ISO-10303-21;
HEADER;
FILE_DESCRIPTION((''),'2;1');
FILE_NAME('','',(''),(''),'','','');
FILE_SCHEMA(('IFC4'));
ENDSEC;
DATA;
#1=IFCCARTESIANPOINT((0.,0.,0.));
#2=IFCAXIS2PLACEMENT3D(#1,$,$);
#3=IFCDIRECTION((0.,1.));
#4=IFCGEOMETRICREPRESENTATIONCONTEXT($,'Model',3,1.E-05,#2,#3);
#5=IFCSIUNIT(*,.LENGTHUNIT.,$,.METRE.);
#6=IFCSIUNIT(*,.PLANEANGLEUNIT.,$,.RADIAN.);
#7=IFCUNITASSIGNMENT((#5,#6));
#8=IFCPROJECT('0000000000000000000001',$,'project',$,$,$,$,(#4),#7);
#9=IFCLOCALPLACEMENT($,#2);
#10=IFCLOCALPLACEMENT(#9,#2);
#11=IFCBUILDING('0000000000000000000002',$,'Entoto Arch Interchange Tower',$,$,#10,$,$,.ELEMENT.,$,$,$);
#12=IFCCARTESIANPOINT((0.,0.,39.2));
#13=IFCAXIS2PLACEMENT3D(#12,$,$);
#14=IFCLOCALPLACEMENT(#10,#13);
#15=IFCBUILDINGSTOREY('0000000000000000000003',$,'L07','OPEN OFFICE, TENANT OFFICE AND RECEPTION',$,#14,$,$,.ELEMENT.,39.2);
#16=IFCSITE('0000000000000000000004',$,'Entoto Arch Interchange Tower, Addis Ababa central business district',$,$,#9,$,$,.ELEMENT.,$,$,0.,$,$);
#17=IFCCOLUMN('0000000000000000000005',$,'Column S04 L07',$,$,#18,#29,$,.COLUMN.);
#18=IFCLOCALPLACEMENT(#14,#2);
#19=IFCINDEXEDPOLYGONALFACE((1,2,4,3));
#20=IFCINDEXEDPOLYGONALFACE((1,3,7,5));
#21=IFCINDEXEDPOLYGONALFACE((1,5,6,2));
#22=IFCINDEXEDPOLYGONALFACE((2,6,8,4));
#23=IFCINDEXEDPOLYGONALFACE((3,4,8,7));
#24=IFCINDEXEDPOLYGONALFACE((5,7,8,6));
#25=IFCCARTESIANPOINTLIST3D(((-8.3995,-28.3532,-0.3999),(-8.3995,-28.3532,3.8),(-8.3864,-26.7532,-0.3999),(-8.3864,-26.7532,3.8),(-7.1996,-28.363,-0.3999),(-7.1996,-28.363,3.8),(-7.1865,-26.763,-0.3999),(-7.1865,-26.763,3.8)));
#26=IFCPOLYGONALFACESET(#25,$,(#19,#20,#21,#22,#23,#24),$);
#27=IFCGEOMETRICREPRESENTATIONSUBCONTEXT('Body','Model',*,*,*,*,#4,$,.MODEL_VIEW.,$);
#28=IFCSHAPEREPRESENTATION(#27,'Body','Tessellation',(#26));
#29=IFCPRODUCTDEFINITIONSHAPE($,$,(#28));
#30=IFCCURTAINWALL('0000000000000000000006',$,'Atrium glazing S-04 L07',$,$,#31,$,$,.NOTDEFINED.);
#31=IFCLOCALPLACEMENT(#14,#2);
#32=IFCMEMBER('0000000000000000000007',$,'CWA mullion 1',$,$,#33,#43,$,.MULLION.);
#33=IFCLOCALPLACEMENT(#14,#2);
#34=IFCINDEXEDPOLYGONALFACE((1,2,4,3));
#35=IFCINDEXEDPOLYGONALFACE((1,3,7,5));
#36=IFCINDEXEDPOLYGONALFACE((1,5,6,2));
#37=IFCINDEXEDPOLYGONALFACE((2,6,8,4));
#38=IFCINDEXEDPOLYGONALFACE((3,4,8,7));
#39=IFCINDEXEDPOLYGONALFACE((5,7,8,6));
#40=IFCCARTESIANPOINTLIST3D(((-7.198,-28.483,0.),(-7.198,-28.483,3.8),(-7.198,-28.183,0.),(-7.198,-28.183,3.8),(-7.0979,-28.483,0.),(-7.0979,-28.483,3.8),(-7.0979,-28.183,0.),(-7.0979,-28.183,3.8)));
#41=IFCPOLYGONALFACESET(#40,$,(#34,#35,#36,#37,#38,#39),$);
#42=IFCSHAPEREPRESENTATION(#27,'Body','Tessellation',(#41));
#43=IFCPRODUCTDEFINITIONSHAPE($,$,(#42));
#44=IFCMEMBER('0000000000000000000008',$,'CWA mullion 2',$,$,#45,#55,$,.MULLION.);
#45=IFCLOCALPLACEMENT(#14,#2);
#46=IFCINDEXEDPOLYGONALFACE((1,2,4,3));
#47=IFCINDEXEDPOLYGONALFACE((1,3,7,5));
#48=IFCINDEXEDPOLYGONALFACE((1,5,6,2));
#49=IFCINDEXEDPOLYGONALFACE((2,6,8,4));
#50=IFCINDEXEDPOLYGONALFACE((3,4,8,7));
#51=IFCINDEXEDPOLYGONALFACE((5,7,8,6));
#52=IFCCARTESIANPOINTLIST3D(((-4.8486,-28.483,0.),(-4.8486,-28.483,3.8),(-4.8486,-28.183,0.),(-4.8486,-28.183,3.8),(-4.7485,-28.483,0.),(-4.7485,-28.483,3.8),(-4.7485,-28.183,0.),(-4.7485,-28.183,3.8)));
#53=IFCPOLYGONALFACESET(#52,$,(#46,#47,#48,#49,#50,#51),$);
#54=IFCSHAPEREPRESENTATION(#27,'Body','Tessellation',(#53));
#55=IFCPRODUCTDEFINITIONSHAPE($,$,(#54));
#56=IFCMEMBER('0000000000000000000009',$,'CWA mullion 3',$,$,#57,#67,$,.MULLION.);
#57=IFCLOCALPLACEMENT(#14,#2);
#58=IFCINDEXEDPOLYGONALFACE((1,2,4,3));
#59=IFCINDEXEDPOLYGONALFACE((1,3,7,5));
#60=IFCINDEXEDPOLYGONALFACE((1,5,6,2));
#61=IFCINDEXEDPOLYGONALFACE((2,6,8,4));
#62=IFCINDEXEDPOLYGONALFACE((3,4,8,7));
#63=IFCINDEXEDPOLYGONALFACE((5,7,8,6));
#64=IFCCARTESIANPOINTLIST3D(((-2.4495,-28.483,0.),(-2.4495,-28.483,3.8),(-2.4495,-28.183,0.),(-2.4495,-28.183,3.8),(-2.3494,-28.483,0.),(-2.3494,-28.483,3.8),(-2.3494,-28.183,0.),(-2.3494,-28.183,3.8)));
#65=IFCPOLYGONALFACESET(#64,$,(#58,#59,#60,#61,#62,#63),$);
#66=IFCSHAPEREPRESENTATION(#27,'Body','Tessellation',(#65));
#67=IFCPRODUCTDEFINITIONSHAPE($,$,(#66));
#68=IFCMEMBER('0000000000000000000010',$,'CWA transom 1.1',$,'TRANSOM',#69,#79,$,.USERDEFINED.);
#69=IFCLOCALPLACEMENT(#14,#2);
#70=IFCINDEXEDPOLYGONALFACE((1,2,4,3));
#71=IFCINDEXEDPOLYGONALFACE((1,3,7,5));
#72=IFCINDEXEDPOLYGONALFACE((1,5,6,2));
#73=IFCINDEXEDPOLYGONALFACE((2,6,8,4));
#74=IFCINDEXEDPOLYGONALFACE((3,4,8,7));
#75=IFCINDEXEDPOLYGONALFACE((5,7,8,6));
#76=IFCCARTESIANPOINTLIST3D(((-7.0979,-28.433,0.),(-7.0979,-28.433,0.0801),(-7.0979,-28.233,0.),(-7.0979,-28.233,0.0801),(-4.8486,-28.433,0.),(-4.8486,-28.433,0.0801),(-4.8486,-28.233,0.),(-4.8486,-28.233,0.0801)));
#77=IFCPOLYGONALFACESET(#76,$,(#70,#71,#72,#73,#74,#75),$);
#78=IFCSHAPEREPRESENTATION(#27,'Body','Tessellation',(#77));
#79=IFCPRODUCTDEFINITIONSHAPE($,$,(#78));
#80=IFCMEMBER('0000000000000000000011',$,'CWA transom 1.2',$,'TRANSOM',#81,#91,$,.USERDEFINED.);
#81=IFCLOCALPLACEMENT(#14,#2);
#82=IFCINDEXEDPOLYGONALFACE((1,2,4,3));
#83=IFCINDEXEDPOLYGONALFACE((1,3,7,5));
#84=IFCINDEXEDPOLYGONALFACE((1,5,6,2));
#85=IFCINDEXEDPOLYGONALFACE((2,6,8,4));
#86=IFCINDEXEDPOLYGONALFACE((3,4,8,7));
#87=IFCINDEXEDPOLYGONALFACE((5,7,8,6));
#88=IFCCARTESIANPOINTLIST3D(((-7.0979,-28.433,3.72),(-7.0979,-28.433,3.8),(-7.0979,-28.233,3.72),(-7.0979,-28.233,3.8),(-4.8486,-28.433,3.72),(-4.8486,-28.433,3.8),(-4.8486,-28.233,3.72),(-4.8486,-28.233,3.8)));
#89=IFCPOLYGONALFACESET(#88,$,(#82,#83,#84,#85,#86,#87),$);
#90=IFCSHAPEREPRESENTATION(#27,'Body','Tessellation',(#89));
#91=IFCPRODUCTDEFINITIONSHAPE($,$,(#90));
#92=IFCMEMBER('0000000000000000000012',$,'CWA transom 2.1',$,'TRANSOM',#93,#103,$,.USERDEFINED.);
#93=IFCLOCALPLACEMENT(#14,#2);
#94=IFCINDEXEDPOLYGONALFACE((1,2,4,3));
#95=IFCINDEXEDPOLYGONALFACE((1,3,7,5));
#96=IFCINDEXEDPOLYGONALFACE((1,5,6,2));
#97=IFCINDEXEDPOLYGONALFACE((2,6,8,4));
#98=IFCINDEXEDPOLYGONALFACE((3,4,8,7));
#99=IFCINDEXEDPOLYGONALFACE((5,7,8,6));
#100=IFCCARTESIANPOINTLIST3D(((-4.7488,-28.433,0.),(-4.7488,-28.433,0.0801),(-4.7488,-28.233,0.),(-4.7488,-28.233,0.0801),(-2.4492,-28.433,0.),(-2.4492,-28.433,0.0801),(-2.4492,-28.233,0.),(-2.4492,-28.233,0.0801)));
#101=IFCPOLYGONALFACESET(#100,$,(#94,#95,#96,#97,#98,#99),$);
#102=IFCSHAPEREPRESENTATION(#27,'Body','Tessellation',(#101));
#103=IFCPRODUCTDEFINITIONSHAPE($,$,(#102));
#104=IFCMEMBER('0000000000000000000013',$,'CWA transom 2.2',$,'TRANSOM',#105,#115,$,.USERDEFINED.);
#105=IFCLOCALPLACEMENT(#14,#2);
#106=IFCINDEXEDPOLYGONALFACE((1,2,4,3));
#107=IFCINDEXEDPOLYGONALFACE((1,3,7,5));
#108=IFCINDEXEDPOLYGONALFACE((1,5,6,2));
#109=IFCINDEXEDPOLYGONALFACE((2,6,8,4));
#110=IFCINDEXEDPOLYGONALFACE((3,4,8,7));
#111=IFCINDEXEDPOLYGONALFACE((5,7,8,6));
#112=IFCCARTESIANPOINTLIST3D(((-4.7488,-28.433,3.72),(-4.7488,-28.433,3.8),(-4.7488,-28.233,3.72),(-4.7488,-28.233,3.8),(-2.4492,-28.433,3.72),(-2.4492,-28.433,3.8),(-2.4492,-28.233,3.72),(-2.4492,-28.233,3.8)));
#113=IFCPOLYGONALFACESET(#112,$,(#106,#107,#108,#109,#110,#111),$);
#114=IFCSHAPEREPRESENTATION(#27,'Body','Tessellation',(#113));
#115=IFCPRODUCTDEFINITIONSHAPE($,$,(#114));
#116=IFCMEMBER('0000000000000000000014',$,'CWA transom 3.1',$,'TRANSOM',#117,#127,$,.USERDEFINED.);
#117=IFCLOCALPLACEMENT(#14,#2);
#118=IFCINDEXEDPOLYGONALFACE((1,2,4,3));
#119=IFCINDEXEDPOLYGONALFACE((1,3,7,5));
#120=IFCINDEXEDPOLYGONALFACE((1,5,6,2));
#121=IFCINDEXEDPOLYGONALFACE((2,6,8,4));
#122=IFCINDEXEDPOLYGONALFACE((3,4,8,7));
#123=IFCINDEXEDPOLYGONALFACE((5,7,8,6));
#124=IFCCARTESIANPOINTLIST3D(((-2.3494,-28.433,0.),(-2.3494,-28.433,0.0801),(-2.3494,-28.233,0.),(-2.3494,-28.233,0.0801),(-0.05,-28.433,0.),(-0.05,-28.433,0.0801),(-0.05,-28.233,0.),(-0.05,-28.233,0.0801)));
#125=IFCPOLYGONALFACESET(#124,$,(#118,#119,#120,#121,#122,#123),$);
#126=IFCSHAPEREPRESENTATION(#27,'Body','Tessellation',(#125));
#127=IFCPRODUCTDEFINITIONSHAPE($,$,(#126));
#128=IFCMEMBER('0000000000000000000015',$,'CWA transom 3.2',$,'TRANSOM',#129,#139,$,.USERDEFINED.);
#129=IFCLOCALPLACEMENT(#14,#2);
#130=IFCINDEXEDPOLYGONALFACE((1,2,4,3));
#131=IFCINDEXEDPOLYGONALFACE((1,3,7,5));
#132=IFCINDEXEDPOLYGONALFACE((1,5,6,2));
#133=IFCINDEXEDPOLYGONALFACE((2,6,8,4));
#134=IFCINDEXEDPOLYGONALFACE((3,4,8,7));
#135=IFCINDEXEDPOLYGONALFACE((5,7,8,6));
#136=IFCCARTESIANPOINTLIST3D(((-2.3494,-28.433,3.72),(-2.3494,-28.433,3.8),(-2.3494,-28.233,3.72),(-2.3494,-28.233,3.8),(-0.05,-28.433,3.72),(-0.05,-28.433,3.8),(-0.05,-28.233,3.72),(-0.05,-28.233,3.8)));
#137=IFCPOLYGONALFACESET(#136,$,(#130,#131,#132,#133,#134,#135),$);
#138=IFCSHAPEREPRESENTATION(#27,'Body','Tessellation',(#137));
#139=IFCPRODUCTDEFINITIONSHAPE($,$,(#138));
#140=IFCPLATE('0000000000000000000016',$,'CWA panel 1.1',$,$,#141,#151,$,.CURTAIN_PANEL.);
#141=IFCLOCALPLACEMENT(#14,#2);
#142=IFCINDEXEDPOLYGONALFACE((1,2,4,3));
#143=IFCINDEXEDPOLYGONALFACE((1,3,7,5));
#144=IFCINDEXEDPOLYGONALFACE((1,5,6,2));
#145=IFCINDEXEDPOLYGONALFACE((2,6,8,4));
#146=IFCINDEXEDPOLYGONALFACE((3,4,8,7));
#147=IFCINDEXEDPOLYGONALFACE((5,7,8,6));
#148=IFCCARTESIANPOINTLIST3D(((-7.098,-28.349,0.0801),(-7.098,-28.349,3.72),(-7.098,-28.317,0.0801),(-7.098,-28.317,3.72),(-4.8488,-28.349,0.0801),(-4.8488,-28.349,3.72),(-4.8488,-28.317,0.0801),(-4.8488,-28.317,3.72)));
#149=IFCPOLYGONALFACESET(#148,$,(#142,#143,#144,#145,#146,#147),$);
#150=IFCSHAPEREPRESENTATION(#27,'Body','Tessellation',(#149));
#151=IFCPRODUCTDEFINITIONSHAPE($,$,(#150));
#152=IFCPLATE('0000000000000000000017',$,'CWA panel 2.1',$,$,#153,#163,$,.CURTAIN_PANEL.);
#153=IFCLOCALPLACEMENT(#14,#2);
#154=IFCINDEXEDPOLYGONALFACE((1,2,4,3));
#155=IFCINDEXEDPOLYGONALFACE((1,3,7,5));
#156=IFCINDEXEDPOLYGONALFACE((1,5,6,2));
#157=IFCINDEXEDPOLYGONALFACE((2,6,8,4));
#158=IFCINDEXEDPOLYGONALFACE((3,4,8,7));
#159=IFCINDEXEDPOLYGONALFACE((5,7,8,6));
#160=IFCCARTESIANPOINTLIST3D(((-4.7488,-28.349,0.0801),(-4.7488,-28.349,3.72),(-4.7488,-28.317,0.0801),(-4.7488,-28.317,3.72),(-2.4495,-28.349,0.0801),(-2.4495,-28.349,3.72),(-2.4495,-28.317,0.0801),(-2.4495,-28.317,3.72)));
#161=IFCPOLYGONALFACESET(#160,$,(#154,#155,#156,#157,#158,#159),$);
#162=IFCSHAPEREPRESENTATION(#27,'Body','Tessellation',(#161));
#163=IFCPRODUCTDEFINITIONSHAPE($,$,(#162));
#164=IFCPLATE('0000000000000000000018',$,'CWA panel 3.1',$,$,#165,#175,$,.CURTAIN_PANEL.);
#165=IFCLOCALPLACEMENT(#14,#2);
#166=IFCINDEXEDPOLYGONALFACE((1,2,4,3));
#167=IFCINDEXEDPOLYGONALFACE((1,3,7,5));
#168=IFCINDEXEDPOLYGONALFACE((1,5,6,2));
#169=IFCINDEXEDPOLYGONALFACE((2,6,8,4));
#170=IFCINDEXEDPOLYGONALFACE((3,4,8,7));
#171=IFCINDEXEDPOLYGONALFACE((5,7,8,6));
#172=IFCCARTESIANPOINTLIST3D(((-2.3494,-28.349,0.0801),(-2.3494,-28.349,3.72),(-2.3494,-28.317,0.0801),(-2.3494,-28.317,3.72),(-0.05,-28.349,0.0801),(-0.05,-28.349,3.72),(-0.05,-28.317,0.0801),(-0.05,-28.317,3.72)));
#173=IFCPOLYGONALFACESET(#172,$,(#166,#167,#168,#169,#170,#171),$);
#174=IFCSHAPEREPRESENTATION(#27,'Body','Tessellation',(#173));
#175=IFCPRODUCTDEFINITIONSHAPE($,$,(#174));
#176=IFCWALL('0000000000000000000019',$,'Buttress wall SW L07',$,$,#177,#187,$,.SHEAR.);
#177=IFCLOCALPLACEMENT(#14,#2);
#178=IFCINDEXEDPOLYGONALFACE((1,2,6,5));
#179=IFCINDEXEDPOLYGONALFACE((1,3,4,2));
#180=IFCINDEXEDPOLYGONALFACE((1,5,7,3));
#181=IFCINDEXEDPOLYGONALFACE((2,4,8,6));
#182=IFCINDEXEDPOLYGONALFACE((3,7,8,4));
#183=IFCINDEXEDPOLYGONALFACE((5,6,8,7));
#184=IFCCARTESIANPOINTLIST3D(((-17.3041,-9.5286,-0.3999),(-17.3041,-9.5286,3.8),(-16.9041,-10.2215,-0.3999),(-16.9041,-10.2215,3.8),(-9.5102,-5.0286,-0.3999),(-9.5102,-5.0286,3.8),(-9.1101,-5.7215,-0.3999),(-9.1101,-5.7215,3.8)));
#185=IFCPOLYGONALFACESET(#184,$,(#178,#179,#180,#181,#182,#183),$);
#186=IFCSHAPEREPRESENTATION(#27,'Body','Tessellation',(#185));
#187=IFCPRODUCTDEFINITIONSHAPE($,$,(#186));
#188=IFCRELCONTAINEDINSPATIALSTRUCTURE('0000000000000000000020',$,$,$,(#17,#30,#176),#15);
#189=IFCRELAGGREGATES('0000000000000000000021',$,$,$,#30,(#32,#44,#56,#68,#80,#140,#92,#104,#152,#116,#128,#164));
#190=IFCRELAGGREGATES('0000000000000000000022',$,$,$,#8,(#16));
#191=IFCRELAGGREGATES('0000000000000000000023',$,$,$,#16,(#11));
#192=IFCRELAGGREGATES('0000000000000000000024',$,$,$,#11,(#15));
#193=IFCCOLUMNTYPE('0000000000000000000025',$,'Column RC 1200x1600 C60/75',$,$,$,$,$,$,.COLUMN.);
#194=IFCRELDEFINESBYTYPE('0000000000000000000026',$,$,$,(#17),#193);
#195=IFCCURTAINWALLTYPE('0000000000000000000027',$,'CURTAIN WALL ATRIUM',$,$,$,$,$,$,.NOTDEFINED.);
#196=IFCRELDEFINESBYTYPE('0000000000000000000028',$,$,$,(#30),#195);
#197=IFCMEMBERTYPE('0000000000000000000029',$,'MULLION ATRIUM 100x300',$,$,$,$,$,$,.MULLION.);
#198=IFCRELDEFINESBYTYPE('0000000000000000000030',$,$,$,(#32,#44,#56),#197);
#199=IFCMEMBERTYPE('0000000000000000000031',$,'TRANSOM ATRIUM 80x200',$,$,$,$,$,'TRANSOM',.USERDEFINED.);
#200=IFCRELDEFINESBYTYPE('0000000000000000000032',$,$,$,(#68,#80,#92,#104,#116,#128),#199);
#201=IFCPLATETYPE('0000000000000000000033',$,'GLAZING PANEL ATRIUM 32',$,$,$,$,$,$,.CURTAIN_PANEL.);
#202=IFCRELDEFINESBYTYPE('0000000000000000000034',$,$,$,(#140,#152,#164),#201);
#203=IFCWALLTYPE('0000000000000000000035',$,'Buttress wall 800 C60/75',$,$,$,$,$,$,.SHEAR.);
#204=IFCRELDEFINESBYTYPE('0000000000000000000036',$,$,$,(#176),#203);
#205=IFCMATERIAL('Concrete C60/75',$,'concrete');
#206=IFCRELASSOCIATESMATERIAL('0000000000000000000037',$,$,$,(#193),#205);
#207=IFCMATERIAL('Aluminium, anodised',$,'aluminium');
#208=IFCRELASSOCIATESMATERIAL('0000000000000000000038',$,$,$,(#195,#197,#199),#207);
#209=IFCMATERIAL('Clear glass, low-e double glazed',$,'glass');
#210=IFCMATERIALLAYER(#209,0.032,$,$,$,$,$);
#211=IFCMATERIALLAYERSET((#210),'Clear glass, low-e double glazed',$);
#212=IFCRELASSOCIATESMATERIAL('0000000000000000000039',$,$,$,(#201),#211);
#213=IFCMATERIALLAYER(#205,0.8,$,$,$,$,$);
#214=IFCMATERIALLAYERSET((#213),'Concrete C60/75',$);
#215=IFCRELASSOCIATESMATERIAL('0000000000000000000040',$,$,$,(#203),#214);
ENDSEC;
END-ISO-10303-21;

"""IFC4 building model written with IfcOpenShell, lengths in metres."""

from ifc_helpers import new_model, si_unit, direction, frame, frame_2d, origin, origin_2d, place, context, subcontext, project, spatial, rectangle, extrude, material, layer, layer_set, material_profile, profile_set, type_object, element, aggregate, save


model = new_model("IFC4")

# Units and contexts
model_context = context("Model", 3, precision=1e-05, world=origin(), true_north=direction((0.0, 1.0)))
body_context = subcontext(model_context, "Body", "Model", "MODEL_VIEW")
ifc_project = project(units=[si_unit("LENGTHUNIT", "METRE"), si_unit("PLANEANGLEUNIT", "RADIAN")], contexts=[model_context])

# Site, building, storey
site_placement = place(None, origin())
site = spatial("IfcSite", under=ifc_project, at=site_placement, Name="Entoto Arch Interchange Tower, Addis Ababa central business district", CompositionType="ELEMENT", RefElevation=0.0)
building_placement = place(site_placement, origin())
building = spatial("IfcBuilding", under=site, at=building_placement, Name="Entoto Arch Interchange Tower", CompositionType="ELEMENT")
storey_placement = place(building_placement, frame((0.0, 0.0, 39.2)))
storey = spatial("IfcBuildingStorey", under=building, at=storey_placement, Name="L07", Description="OPEN OFFICE, TENANT OFFICE AND RECEPTION", CompositionType="ELEMENT", Elevation=39.2)

# Column
ifc_material_1 = material(Name="Concrete C60/75", Category="concrete")
ifc_material_profile_1 = material_profile(ifc_material_1, rectangle(XDim=1.2, YDim=1.6001, at=origin_2d()))
ifc_profile_set_1 = profile_set([ifc_material_profile_1], Name="Concrete C60/75")
column_type = type_object("IfcColumnType", Name="Column RC 1200x1600 C60/75", PredefinedType="COLUMN", material=ifc_profile_set_1)
column_placement = place(storey_placement, frame((-7.793, -27.5581, -0.3999), z_axis=(0.0, 0.0, 1.0), x_axis=(-0.999966, 0.008203, 0.0)))
element("IfcColumn", 1, at=column_placement, inside=storey, type_object=column_type, Name="Column S04 L07", PredefinedType="COLUMN", context=body_context, shape_type="SweptSolid", body=[
    extrude(rectangle(XDim=1.2, YDim=1.6001, at=origin_2d()), origin(), (0.0, 0.0, 1.0), 4.2),
])

# Curtain wall, members, plates
ifc_material_2 = material(Name="Aluminium, anodised", Category="aluminium")
curtain_wall_type = type_object("IfcCurtainWallType", Name="CURTAIN WALL ATRIUM", PredefinedType="NOTDEFINED", material=ifc_material_2)
curtain_wall_placement = place(storey_placement, origin())
curtain_wall = element("IfcCurtainWall", 2, at=curtain_wall_placement, inside=storey, type_object=curtain_wall_type, Name="Atrium glazing S-04 L07", PredefinedType="NOTDEFINED")
ifc_material_profile_2 = material_profile(ifc_material_2, rectangle(XDim=0.3, YDim=0.1001, at=origin_2d()))
ifc_profile_set_2 = profile_set([ifc_material_profile_2], Name="Aluminium, anodised")
member_type_1 = type_object("IfcMemberType", Name="MULLION ATRIUM 100x300", PredefinedType="MULLION", material=ifc_profile_set_2)
member_1_placement = place(storey_placement, frame((-7.1479, -28.333, 0.0), z_axis=(0.0, 0.0, 1.0), x_axis=(0.0, 1.0, 0.0)))
member_1 = element("IfcMember", 3, at=member_1_placement, type_object=member_type_1, Name="CWA mullion 1", PredefinedType="MULLION", context=body_context, shape_type="SweptSolid", body=[
    extrude(rectangle(XDim=0.3, YDim=0.1001, at=origin_2d()), origin(), (0.0, 0.0, 1.0), 3.8),
])
member_2_placement = place(storey_placement, frame((-4.7986, -28.333, 0.0), z_axis=(0.0, 0.0, 1.0), x_axis=(0.0, 1.0, 0.0)))
member_2 = element("IfcMember", 4, at=member_2_placement, type_object=member_type_1, Name="CWA mullion 2", PredefinedType="MULLION", context=body_context, shape_type="SweptSolid", body=[
    extrude(rectangle(XDim=0.3, YDim=0.1001, at=origin_2d()), origin(), (0.0, 0.0, 1.0), 3.8),
])
member_3_placement = place(storey_placement, frame((-2.3994, -28.333, 0.0), z_axis=(0.0, 0.0, 1.0), x_axis=(0.0, 1.0, 0.0)))
member_3 = element("IfcMember", 5, at=member_3_placement, type_object=member_type_1, Name="CWA mullion 3", PredefinedType="MULLION", context=body_context, shape_type="SweptSolid", body=[
    extrude(rectangle(XDim=0.3, YDim=0.1001, at=origin_2d()), origin(), (0.0, 0.0, 1.0), 3.8),
])
ifc_material_profile_3 = material_profile(ifc_material_2, rectangle(XDim=0.2, YDim=0.0801, at=origin_2d()))
ifc_profile_set_3 = profile_set([ifc_material_profile_3], Name="Aluminium, anodised")
member_type_2 = type_object("IfcMemberType", Name="TRANSOM ATRIUM 80x200", ElementType="TRANSOM", PredefinedType="USERDEFINED", material=ifc_profile_set_3)
member_4_placement = place(storey_placement, frame((-7.0979, -28.333, 0.04), z_axis=(1.0, 0.0, 0.0), x_axis=(0.0, 1.0, 0.0)))
member_4 = element("IfcMember", 6, at=member_4_placement, type_object=member_type_2, Name="CWA transom 1.1", ObjectType="TRANSOM", PredefinedType="USERDEFINED", context=body_context, shape_type="SweptSolid", body=[
    extrude(rectangle(XDim=0.2, YDim=0.0801, at=origin_2d()), origin(), (0.0, 0.0, 1.0), 2.2493),
])
member_5_placement = place(storey_placement, frame((-7.0979, -28.333, 3.76), z_axis=(1.0, 0.0, 0.0), x_axis=(0.0, 1.0, 0.0)))
member_5 = element("IfcMember", 7, at=member_5_placement, type_object=member_type_2, Name="CWA transom 1.2", ObjectType="TRANSOM", PredefinedType="USERDEFINED", context=body_context, shape_type="SweptSolid", body=[
    extrude(rectangle(XDim=0.2, YDim=0.0801, at=origin_2d()), origin(), (0.0, 0.0, 1.0), 2.2493),
])
member_6_placement = place(storey_placement, frame((-4.7488, -28.333, 0.04), z_axis=(1.0, 0.0, 0.0), x_axis=(0.0, 1.0, 0.0)))
member_6 = element("IfcMember", 8, at=member_6_placement, type_object=member_type_2, Name="CWA transom 2.1", ObjectType="TRANSOM", PredefinedType="USERDEFINED", context=body_context, shape_type="SweptSolid", body=[
    extrude(rectangle(XDim=0.2, YDim=0.0801, at=origin_2d()), origin(), (0.0, 0.0, 1.0), 2.2996),
])
member_7_placement = place(storey_placement, frame((-4.7488, -28.333, 3.76), z_axis=(1.0, 0.0, 0.0), x_axis=(0.0, 1.0, 0.0)))
member_7 = element("IfcMember", 9, at=member_7_placement, type_object=member_type_2, Name="CWA transom 2.2", ObjectType="TRANSOM", PredefinedType="USERDEFINED", context=body_context, shape_type="SweptSolid", body=[
    extrude(rectangle(XDim=0.2, YDim=0.0801, at=origin_2d()), origin(), (0.0, 0.0, 1.0), 2.2996),
])
member_8_placement = place(storey_placement, frame((-2.3494, -28.333, 0.04), z_axis=(1.0, 0.0, 0.0), x_axis=(0.0, 1.0, 0.0)))
member_8 = element("IfcMember", 10, at=member_8_placement, type_object=member_type_2, Name="CWA transom 3.1", ObjectType="TRANSOM", PredefinedType="USERDEFINED", context=body_context, shape_type="SweptSolid", body=[
    extrude(rectangle(XDim=0.2, YDim=0.0801, at=origin_2d()), origin(), (0.0, 0.0, 1.0), 2.2993),
])
member_9_placement = place(storey_placement, frame((-2.3494, -28.333, 3.76), z_axis=(1.0, 0.0, 0.0), x_axis=(0.0, 1.0, 0.0)))
member_9 = element("IfcMember", 11, at=member_9_placement, type_object=member_type_2, Name="CWA transom 3.2", ObjectType="TRANSOM", PredefinedType="USERDEFINED", context=body_context, shape_type="SweptSolid", body=[
    extrude(rectangle(XDim=0.2, YDim=0.0801, at=origin_2d()), origin(), (0.0, 0.0, 1.0), 2.2993),
])
ifc_material_3 = material(Name="Clear glass, low-e double glazed", Category="glass")
ifc_layer_1 = layer(ifc_material_3, 0.032)
ifc_layer_set_1 = layer_set([ifc_layer_1], Name="Clear glass, low-e double glazed")
plate_type = type_object("IfcPlateType", Name="GLAZING PANEL ATRIUM 32", PredefinedType="CURTAIN_PANEL", material=ifc_layer_set_1)
plate_1_placement = place(storey_placement, frame((-5.9734, -28.333, 0.0801), z_axis=(0.0, 0.0, 1.0), x_axis=(1.0, 0.0, 0.0)))
plate_1 = element("IfcPlate", 12, at=plate_1_placement, type_object=plate_type, Name="CWA panel 1.1", PredefinedType="CURTAIN_PANEL", context=body_context, shape_type="SweptSolid", body=[
    extrude(rectangle(XDim=2.2493, YDim=0.032, at=origin_2d()), origin(), (0.0, 0.0, 1.0), 3.6399),
])
plate_2_placement = place(storey_placement, frame((-3.5991, -28.333, 0.0801), z_axis=(0.0, 0.0, 1.0), x_axis=(1.0, 0.0, 0.0)))
plate_2 = element("IfcPlate", 13, at=plate_2_placement, type_object=plate_type, Name="CWA panel 2.1", PredefinedType="CURTAIN_PANEL", context=body_context, shape_type="SweptSolid", body=[
    extrude(rectangle(XDim=2.2993, YDim=0.032, at=origin_2d()), origin(), (0.0, 0.0, 1.0), 3.6399),
])
plate_3_placement = place(storey_placement, frame((-1.1997, -28.333, 0.0801), z_axis=(0.0, 0.0, 1.0), x_axis=(1.0, 0.0, 0.0)))
plate_3 = element("IfcPlate", 14, at=plate_3_placement, type_object=plate_type, Name="CWA panel 3.1", PredefinedType="CURTAIN_PANEL", context=body_context, shape_type="SweptSolid", body=[
    extrude(rectangle(XDim=2.2993, YDim=0.032, at=origin_2d()), origin(), (0.0, 0.0, 1.0), 3.6399),
])
aggregate(curtain_wall, [member_1, member_2, member_3, member_4, member_5, plate_1, member_6, member_7, plate_2, member_8, member_9, plate_3])

# Wall
ifc_layer_2 = layer(ifc_material_1, 0.8)
ifc_layer_set_2 = layer_set([ifc_layer_2], Name="Concrete C60/75")
wall_type_1 = type_object("IfcWallType", Name="Buttress wall 800 C60/75", PredefinedType="SHEAR", material=ifc_layer_set_2)
wall_1_placement = place(storey_placement, frame((-9.3101, -5.375, -0.3999), z_axis=(0.0, 0.0, 1.0), x_axis=(-0.866018, -0.500014, 0.0)))
element("IfcWall", 15, at=wall_1_placement, inside=storey, type_object=wall_type_1, Name="Buttress wall SW L07", PredefinedType="SHEAR", context=body_context, shape_type="SweptSolid", body=[
    extrude(rectangle(XDim=8.9998, YDim=0.8, at=frame_2d((4.5, 0.0))), origin(), (0.0, 0.0, 1.0), 4.2),
])

save(model, "model.ifc")
